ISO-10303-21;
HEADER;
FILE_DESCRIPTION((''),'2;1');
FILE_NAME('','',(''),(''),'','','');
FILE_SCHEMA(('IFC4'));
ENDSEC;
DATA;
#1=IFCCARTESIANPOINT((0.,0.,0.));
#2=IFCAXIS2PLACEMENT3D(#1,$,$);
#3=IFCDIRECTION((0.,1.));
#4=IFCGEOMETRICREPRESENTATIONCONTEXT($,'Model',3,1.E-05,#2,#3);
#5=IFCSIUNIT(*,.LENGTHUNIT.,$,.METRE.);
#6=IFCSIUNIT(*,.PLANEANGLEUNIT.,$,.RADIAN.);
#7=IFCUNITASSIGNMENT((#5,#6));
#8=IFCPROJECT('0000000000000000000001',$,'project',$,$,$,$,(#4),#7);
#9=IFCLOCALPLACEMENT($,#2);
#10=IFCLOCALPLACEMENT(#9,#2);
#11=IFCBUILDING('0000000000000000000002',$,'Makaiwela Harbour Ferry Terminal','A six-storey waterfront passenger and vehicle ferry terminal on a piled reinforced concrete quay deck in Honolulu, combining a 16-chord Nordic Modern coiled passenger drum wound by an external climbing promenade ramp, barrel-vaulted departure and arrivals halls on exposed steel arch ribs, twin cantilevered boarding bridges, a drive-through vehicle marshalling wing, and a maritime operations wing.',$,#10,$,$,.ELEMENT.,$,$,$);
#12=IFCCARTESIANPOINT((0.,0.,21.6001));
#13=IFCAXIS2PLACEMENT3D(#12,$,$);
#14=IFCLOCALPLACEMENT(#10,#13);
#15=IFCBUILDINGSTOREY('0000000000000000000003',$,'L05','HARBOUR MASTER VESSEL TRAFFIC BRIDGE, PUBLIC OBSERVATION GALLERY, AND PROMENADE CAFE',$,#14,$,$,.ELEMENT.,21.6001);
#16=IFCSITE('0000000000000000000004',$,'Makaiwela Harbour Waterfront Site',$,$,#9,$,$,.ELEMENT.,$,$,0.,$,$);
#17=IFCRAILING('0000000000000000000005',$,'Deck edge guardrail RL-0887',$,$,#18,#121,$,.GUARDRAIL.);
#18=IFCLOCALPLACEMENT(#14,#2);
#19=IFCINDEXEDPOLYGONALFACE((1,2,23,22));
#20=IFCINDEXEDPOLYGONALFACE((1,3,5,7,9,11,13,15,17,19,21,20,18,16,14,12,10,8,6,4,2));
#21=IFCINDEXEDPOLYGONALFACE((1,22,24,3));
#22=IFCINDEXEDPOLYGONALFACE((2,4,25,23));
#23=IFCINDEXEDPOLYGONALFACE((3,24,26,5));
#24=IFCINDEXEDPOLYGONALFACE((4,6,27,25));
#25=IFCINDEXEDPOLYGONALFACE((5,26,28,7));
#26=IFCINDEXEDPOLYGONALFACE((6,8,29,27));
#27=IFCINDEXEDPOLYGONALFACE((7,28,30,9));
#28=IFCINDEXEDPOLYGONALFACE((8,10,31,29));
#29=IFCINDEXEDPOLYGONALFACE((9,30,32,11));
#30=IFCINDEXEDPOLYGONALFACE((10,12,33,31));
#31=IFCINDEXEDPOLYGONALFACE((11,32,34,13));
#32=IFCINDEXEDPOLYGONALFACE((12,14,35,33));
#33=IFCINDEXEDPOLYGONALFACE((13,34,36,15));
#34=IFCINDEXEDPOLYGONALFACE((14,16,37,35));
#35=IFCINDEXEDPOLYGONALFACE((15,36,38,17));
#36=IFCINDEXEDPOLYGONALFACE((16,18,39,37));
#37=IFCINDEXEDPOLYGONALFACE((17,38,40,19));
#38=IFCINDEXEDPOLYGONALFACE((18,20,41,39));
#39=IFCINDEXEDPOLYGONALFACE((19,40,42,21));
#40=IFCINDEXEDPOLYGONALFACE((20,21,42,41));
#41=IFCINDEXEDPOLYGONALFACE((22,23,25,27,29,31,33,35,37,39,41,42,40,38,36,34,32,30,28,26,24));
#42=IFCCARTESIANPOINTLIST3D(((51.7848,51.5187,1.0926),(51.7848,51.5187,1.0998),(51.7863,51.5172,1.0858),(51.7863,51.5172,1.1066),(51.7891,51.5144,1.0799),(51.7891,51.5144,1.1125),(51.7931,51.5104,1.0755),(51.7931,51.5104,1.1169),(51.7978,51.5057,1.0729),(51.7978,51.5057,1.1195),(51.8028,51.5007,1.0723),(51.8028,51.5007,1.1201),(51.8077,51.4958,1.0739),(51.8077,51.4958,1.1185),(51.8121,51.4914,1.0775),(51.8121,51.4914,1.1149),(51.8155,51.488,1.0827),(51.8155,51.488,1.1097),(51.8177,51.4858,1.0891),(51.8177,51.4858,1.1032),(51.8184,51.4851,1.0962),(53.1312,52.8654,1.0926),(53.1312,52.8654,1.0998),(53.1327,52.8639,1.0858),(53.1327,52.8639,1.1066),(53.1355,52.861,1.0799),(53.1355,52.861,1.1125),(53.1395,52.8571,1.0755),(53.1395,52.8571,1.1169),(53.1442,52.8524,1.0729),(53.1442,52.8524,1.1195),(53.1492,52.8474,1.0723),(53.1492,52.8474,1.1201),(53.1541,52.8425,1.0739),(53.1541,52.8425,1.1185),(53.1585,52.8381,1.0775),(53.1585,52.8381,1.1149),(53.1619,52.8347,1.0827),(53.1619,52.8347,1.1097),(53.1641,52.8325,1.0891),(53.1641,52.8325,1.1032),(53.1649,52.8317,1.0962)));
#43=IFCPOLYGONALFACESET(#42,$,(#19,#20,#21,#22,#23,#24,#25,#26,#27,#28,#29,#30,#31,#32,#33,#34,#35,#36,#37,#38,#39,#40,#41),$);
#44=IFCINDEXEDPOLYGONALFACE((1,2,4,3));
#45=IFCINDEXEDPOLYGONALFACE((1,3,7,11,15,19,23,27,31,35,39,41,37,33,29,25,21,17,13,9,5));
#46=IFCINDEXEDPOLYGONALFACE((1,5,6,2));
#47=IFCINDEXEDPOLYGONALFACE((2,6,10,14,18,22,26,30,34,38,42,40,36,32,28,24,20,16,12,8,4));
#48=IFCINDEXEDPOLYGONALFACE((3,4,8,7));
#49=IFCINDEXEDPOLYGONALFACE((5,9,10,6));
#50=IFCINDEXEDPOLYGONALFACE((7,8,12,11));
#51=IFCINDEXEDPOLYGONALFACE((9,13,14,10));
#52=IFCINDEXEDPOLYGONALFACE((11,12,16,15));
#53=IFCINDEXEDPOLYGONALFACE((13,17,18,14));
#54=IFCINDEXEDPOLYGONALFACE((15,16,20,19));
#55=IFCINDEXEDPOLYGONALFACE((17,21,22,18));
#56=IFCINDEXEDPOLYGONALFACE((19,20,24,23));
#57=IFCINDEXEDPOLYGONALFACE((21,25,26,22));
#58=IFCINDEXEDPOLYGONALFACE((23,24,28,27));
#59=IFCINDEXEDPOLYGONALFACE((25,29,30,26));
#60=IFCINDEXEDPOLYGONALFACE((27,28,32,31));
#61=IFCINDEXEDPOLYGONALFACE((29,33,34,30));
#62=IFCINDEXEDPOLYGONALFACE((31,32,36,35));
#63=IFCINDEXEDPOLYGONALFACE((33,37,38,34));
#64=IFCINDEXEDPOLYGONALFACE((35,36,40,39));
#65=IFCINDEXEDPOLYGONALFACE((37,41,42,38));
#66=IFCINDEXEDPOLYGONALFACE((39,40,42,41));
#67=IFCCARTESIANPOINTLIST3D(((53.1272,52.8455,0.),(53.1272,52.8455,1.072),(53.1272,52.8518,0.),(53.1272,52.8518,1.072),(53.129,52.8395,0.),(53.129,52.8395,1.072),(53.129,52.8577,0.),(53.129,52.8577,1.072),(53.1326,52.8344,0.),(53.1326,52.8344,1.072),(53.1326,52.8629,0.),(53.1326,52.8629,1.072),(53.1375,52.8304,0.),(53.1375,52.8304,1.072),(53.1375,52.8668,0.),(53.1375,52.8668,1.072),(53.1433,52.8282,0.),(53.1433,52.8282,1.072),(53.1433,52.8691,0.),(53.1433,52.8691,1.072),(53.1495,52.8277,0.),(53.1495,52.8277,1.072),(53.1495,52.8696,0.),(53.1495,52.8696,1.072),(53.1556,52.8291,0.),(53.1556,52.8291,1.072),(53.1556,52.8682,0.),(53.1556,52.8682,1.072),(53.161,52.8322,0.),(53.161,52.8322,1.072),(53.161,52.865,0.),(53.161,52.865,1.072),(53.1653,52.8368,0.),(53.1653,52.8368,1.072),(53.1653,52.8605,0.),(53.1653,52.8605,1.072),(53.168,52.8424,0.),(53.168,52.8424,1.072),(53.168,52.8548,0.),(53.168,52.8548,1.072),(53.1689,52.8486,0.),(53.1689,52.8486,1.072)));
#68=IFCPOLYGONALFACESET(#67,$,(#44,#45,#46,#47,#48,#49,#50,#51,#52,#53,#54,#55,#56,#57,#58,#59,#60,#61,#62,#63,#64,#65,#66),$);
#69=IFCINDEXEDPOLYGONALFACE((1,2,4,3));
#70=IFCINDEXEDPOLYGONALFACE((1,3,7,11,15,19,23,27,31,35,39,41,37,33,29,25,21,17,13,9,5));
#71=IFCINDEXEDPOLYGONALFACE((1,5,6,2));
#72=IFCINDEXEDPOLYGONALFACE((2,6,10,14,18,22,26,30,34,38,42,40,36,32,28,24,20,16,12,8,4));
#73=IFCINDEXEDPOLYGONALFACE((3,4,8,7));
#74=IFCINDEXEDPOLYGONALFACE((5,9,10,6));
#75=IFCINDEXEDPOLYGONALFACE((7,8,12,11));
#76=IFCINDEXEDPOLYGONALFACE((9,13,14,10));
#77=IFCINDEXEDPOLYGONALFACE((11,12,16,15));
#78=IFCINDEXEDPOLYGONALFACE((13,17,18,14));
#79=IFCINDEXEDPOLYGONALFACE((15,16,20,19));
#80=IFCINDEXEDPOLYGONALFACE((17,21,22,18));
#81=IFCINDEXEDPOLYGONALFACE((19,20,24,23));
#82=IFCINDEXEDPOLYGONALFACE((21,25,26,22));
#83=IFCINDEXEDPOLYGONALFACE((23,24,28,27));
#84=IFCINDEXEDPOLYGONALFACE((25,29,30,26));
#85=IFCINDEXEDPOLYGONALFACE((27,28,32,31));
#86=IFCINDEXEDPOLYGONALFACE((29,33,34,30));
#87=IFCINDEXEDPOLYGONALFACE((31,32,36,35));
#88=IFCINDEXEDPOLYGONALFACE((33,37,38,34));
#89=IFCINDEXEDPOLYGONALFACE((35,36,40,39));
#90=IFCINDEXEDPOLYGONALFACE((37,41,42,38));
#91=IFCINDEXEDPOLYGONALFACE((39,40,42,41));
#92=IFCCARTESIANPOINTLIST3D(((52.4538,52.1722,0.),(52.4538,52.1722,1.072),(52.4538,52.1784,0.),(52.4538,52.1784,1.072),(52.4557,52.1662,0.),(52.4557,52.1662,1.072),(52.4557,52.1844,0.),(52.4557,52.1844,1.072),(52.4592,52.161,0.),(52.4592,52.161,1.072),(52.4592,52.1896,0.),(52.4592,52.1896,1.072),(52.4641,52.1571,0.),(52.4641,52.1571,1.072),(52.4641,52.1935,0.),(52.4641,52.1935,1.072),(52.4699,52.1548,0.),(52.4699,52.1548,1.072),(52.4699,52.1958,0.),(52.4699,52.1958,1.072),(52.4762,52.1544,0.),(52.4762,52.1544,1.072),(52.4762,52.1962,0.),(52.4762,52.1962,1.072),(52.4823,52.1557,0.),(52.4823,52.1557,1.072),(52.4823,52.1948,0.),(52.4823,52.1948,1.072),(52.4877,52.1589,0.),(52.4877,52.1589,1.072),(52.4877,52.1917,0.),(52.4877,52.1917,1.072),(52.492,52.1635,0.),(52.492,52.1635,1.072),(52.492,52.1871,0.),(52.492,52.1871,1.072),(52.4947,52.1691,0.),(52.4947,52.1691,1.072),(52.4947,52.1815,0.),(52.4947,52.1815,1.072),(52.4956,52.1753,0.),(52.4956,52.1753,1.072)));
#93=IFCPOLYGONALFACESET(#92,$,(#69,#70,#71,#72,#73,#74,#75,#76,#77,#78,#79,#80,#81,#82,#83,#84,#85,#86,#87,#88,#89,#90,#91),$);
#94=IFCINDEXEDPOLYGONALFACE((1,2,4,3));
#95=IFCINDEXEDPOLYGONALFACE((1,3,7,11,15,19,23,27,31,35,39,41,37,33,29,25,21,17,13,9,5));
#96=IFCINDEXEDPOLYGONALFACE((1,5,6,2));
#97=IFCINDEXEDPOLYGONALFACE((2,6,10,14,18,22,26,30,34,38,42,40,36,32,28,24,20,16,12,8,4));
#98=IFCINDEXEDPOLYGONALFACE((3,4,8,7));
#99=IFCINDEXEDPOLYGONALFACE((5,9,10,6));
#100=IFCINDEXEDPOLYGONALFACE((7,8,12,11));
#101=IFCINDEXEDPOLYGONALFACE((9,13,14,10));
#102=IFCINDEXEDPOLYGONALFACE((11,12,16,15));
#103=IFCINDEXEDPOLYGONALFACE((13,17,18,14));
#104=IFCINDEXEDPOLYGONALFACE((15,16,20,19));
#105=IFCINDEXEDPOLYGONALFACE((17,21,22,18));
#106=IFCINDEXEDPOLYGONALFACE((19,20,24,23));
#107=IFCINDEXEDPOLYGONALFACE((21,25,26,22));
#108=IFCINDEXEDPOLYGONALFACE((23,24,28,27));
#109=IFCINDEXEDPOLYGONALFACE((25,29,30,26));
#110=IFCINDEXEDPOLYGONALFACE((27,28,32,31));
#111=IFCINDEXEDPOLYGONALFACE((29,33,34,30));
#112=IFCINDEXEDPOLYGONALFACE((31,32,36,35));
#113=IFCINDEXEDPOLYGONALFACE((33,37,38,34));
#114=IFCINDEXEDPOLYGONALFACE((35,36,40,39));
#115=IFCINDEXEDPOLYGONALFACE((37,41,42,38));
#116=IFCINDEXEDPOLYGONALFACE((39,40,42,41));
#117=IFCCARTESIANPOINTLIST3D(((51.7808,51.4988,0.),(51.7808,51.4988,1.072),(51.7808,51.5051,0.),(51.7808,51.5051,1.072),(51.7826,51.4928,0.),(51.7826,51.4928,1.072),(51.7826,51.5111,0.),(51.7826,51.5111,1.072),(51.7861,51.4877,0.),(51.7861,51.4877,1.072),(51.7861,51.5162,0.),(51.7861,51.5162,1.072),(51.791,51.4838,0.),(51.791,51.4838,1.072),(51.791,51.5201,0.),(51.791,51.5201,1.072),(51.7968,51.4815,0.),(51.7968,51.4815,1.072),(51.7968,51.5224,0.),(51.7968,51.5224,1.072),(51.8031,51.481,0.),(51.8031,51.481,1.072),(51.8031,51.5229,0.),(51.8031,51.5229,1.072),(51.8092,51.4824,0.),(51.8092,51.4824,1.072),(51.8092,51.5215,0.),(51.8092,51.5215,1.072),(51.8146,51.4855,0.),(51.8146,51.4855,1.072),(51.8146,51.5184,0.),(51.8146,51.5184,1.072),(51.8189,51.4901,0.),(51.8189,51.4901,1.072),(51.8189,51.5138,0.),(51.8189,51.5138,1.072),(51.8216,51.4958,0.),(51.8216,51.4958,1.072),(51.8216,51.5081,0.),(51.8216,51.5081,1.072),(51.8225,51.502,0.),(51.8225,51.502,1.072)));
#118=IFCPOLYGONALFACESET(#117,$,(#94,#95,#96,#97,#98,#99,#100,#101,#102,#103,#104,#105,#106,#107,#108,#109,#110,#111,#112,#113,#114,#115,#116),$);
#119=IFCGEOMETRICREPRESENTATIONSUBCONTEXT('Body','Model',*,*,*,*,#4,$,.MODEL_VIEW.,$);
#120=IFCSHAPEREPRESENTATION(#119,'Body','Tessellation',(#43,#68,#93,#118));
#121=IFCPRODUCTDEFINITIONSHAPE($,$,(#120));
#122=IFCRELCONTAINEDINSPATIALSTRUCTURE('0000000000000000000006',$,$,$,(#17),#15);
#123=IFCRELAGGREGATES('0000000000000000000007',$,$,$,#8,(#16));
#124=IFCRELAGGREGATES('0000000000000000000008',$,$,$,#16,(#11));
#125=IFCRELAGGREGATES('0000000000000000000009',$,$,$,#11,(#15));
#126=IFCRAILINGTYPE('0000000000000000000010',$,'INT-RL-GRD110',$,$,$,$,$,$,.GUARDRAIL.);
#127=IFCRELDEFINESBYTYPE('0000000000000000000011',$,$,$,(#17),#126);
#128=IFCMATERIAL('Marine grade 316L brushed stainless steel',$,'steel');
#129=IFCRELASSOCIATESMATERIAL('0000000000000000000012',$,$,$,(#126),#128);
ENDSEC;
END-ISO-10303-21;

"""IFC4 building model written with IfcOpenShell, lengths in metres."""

from ifc_helpers import new_model, si_unit, direction, frame, origin, origin_2d, place, context, subcontext, project, spatial, circle, extrude, material, type_object, element, save


model = new_model("IFC4")

# Units and contexts
model_context = context("Model", 3, precision=1e-05, world=origin(), true_north=direction((0.0, 1.0)))
body_context = subcontext(model_context, "Body", "Model", "MODEL_VIEW")
ifc_project = project(units=[si_unit("LENGTHUNIT", "METRE"), si_unit("PLANEANGLEUNIT", "RADIAN")], contexts=[model_context])

# Site, building, storey
site_placement = place(None, origin())
site = spatial("IfcSite", under=ifc_project, at=site_placement, Name="Makaiwela Harbour Waterfront Site", CompositionType="ELEMENT", RefElevation=0.0)
building_placement = place(site_placement, origin())
building = spatial("IfcBuilding", under=site, at=building_placement, Name="Makaiwela Harbour Ferry Terminal", Description="A six-storey waterfront passenger and vehicle ferry terminal on a piled reinforced concrete quay deck in Honolulu, combining a 16-chord Nordic Modern coiled passenger drum wound by an external climbing promenade ramp, barrel-vaulted departure and arrivals halls on exposed steel arch ribs, twin cantilevered boarding bridges, a drive-through vehicle marshalling wing, and a maritime operations wing.", CompositionType="ELEMENT")
storey_placement = place(building_placement, frame((0.0, 0.0, 21.6001)))
storey = spatial("IfcBuildingStorey", under=building, at=storey_placement, Name="L05", Description="HARBOUR MASTER VESSEL TRAFFIC BRIDGE, PUBLIC OBSERVATION GALLERY, AND PROMENADE CAFE", CompositionType="ELEMENT", Elevation=21.6001)

# Railing
ifc_material_1 = material(Name="Marine grade 316L brushed stainless steel", Category="steel")
railing_type = type_object("IfcRailingType", Name="INT-RL-GRD110", PredefinedType="GUARDRAIL", material=ifc_material_1)
railing_1_placement = place(storey_placement, frame((53.1479, 52.8486, 0.0)))
element("IfcRailing", 1, at=railing_1_placement, inside=storey, type_object=railing_type, Name="Deck edge guardrail RL-0887", PredefinedType="GUARDRAIL", context=body_context, shape_type="SweptSolid", body=[
    extrude(circle(Radius=0.0239, at=origin_2d()), frame((0.0, 0.0, 1.0962), z_axis=(-0.707043, -0.707171, 0.0), x_axis=(0.707171, -0.707043, 0.0)), (0.0, 0.0, 1.0), 1.9043),
    extrude(circle(Radius=0.021, at=origin_2d()), origin(), (0.0, 0.0, 1.0), 1.072),
    extrude(circle(Radius=0.021, at=origin_2d()), frame((-0.6733, -0.6733, 0.0)), (0.0, 0.0, 1.0), 1.072),
    extrude(circle(Radius=0.021, at=origin_2d()), frame((-1.3464, -1.3467, 0.0)), (0.0, 0.0, 1.0), 1.072),
])

save(model, "model.ifc")
